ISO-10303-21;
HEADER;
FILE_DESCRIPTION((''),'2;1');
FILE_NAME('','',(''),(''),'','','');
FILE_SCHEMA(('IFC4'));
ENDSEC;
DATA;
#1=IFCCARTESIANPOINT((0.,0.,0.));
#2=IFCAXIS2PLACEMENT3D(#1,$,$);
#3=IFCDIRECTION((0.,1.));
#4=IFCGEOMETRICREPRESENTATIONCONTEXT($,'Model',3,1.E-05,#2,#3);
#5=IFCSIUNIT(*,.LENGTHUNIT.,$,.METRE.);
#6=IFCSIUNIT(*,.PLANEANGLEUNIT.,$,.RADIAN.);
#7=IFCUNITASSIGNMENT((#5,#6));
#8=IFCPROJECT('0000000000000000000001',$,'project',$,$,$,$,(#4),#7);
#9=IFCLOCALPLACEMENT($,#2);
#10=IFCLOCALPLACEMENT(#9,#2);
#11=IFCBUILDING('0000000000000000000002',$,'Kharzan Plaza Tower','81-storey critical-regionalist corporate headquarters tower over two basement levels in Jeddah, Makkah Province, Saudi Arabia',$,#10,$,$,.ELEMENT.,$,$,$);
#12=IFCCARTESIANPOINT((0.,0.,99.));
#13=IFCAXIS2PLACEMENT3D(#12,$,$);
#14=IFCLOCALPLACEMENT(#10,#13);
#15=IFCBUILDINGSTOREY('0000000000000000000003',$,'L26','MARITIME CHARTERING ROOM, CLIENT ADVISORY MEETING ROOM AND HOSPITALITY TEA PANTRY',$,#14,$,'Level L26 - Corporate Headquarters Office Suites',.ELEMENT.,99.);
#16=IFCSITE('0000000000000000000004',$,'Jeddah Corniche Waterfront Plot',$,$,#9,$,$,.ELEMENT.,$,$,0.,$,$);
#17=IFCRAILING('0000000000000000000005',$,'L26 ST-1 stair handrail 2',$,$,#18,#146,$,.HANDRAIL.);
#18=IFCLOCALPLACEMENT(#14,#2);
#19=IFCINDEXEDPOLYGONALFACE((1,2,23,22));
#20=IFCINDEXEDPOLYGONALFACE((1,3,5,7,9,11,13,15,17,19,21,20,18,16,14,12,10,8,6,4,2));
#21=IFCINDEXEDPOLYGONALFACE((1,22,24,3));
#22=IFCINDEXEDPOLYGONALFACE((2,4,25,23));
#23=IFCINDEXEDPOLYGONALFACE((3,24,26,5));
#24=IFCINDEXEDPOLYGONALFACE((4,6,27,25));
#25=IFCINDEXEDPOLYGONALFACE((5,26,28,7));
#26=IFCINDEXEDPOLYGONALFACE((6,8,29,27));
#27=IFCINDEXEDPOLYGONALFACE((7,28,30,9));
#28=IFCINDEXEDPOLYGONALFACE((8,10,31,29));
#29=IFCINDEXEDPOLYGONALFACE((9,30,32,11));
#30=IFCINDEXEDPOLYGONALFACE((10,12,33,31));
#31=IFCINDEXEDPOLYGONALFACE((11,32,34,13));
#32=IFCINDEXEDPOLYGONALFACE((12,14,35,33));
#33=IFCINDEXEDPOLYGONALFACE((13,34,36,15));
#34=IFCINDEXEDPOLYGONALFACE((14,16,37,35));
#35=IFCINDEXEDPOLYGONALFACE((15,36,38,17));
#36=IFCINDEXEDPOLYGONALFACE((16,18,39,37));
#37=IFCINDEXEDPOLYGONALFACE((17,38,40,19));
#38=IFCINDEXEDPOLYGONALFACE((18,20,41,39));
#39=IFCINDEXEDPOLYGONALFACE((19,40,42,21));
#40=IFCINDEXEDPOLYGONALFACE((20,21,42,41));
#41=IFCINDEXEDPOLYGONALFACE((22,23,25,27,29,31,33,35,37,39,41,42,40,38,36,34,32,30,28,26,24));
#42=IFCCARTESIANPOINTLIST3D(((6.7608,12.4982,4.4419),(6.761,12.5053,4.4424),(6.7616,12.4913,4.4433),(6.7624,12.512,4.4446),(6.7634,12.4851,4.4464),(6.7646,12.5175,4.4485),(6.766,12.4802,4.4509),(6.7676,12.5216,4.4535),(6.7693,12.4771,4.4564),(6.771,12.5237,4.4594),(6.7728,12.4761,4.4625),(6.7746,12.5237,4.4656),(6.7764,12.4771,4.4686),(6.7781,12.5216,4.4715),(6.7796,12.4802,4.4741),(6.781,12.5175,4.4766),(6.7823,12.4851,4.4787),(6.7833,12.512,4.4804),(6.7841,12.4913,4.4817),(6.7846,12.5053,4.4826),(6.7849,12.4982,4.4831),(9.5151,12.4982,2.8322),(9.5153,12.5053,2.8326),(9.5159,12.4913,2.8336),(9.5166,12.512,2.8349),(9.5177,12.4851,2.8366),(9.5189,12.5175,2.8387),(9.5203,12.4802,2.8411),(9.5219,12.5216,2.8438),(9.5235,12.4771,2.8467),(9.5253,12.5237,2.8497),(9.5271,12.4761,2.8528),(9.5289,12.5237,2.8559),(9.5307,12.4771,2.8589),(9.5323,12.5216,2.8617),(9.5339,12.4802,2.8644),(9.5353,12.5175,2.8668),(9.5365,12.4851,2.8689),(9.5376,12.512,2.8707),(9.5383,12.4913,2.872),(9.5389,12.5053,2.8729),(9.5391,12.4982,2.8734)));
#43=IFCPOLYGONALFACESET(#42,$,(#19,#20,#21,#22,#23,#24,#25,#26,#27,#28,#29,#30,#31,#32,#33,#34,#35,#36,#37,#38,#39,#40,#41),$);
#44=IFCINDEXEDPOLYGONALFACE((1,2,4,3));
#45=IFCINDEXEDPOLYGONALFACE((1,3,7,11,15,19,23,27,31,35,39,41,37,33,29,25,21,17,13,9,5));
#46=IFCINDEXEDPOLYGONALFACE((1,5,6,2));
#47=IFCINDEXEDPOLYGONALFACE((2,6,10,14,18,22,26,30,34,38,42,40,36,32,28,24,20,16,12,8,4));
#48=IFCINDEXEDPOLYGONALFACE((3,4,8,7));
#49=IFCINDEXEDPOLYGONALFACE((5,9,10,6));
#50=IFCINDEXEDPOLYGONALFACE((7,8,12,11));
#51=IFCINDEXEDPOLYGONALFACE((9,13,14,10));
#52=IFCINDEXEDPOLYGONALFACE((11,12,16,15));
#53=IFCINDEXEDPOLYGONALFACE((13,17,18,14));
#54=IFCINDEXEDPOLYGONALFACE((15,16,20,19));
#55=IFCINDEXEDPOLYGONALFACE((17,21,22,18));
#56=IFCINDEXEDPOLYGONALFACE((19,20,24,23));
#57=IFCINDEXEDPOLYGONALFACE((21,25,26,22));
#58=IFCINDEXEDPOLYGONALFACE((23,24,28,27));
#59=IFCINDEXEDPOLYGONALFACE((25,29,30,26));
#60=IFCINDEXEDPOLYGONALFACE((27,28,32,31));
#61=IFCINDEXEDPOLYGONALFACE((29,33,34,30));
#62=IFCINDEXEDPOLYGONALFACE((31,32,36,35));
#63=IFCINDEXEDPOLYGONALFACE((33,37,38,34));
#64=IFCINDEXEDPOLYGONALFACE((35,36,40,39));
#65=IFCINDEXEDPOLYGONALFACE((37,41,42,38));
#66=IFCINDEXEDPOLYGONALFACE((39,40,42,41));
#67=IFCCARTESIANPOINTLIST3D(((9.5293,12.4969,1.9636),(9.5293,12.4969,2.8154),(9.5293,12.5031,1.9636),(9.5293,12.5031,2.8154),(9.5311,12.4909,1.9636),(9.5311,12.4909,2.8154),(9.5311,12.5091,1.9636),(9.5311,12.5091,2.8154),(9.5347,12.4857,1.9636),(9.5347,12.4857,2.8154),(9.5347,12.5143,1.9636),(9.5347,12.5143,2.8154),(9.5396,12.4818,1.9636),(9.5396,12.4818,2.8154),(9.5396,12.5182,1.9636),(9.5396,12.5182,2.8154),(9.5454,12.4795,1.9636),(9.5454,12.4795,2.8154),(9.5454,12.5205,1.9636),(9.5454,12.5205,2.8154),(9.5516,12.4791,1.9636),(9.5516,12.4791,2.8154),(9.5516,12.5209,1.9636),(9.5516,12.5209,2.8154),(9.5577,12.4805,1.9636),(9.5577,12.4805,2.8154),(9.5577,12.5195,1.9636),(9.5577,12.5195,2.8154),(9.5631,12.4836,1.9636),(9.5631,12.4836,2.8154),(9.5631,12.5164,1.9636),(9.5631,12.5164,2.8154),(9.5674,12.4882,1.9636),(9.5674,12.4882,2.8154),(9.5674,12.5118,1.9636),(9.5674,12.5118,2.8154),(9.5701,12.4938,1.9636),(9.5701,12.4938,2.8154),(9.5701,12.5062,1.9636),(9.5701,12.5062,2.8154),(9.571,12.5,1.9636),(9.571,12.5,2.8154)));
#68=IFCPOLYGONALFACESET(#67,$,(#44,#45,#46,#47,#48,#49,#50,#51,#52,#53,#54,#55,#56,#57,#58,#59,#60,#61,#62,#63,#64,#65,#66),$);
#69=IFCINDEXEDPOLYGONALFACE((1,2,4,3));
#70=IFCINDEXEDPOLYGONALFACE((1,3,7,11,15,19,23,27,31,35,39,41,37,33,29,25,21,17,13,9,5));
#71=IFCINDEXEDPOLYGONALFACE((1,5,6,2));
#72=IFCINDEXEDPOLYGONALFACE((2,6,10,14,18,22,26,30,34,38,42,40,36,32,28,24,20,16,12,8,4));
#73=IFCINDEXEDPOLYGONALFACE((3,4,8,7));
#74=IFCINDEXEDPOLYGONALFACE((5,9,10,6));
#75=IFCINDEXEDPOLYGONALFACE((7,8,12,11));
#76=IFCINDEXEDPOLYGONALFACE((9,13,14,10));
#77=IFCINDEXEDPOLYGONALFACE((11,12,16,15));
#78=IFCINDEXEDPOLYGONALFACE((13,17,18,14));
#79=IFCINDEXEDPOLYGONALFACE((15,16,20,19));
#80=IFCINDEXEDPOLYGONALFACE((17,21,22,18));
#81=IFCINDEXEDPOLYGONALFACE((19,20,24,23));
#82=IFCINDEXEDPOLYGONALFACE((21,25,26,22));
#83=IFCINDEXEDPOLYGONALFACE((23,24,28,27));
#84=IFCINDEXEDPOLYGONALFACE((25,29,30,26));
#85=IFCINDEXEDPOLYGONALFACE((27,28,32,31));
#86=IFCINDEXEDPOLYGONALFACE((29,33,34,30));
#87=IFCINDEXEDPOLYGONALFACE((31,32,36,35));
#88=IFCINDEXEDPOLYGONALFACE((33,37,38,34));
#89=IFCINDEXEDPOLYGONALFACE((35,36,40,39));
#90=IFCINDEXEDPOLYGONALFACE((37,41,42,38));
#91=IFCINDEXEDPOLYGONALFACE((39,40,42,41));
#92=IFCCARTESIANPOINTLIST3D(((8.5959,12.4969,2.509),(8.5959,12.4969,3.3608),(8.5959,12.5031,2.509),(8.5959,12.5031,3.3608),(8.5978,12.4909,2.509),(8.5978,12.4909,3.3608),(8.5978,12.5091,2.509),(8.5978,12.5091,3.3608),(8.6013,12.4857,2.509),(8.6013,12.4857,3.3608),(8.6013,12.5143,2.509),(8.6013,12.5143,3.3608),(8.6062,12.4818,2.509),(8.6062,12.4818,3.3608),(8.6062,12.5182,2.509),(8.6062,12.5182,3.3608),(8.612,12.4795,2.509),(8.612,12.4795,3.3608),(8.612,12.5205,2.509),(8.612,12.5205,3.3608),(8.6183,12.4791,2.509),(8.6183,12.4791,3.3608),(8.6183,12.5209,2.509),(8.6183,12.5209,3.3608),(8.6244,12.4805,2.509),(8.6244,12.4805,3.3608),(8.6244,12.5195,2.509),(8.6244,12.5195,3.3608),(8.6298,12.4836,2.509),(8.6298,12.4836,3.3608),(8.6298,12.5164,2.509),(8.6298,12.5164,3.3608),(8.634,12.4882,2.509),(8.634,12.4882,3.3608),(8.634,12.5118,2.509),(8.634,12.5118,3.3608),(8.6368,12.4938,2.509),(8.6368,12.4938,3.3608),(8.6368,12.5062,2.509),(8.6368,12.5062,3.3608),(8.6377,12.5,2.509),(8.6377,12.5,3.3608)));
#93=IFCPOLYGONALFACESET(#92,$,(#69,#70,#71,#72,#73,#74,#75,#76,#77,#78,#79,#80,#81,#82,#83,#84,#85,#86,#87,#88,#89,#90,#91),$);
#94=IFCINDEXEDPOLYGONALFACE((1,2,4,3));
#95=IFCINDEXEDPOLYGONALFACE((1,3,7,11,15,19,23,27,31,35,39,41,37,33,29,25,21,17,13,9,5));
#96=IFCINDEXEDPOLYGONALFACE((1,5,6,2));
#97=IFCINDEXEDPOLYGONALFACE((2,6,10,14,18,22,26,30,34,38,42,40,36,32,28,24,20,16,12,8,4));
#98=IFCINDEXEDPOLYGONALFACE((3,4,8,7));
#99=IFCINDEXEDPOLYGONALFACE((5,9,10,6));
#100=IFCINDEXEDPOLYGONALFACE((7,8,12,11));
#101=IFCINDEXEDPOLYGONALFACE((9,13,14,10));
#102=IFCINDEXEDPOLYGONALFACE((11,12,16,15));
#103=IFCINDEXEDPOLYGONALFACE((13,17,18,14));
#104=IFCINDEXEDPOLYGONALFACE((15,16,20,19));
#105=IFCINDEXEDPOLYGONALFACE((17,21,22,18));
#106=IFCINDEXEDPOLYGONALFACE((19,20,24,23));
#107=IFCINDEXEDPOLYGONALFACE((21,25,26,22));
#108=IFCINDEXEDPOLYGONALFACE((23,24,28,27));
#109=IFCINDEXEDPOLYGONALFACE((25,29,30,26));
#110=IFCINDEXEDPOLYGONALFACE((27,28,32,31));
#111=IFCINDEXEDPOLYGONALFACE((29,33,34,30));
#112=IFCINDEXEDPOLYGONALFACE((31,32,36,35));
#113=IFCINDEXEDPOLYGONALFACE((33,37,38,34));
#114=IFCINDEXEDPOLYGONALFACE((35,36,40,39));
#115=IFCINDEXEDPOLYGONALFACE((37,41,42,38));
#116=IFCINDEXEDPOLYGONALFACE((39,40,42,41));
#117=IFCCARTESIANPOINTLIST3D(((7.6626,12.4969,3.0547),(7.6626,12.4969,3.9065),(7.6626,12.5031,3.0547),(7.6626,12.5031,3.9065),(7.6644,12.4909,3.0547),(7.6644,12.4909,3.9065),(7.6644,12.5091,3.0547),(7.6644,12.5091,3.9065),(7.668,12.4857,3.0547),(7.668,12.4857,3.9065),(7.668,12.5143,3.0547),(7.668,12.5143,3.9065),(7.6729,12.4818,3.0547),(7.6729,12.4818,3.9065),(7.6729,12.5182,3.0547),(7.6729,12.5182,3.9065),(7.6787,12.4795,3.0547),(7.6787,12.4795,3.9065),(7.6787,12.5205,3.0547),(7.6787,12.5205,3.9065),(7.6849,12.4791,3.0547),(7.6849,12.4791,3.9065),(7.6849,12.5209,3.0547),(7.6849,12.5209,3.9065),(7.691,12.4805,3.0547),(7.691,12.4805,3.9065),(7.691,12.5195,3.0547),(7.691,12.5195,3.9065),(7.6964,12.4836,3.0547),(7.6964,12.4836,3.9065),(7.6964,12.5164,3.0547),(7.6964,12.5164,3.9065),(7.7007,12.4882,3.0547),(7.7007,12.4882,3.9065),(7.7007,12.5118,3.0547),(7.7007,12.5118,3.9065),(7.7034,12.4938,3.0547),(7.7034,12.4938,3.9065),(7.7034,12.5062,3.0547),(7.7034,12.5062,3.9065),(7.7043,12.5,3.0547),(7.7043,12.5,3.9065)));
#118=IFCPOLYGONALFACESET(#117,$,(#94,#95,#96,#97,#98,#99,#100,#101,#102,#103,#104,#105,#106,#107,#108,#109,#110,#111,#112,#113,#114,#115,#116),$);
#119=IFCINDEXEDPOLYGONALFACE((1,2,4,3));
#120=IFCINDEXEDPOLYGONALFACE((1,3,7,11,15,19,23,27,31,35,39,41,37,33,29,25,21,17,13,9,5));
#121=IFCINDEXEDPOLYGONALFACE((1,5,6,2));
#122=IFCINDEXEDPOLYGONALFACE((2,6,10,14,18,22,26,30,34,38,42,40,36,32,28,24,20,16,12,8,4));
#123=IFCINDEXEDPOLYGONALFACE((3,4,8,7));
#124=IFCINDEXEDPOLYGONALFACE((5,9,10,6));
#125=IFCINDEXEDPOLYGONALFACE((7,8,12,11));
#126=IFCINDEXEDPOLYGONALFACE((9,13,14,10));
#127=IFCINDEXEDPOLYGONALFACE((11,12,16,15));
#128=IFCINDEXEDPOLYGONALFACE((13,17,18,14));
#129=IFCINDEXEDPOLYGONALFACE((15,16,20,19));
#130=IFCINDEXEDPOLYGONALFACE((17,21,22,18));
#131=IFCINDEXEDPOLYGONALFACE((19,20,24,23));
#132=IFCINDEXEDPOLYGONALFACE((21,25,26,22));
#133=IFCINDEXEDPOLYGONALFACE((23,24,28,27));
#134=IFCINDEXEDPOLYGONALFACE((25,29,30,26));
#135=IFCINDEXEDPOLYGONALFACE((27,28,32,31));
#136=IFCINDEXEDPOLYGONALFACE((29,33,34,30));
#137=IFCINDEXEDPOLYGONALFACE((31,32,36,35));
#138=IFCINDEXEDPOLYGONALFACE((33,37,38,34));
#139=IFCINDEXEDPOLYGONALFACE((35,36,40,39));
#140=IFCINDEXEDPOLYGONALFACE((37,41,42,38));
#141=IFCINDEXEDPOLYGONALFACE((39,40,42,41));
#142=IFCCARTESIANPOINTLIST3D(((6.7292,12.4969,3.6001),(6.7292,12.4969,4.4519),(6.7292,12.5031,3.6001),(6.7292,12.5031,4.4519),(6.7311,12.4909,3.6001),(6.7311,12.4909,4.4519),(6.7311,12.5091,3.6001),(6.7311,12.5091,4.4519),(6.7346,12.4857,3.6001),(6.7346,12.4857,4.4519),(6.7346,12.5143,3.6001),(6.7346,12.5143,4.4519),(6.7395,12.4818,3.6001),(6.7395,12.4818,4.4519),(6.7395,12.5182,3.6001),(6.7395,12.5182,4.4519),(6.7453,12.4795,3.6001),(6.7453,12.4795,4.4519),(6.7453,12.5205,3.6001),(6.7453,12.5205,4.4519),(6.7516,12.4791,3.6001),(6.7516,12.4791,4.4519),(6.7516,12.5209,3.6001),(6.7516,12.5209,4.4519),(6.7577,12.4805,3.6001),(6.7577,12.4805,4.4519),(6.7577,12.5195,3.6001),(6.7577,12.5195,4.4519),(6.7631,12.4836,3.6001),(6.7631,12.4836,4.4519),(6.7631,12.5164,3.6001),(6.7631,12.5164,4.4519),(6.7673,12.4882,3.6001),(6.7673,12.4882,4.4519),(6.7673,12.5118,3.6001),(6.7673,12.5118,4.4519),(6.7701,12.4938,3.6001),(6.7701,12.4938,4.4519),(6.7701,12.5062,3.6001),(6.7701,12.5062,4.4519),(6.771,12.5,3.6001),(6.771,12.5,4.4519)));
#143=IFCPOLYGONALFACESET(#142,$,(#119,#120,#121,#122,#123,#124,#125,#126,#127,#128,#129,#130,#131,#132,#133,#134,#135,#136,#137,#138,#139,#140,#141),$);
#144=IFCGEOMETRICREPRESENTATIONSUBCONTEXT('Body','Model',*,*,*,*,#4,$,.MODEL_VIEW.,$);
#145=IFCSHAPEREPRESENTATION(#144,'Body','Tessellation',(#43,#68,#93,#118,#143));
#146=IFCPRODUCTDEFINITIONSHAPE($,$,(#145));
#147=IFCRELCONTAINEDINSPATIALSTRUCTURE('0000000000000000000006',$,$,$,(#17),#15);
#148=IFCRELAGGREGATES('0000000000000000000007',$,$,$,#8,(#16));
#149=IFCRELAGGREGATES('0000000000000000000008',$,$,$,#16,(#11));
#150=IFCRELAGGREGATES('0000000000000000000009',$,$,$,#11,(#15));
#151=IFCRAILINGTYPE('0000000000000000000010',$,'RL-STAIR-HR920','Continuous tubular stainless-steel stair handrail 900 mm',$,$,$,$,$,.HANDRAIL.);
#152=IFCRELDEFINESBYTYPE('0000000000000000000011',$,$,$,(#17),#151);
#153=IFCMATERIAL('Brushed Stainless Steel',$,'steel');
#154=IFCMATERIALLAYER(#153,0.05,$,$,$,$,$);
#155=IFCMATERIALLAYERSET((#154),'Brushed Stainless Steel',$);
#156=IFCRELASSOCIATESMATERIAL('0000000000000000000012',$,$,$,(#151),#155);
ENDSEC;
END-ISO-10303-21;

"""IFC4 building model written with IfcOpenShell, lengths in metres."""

from ifc_helpers import new_model, si_unit, direction, frame, origin, origin_2d, place, context, subcontext, project, spatial, circle, extrude, source, transform, mapped, material, layer, layer_set, type_object, element, save


model = new_model("IFC4")

# Units and contexts
model_context = context("Model", 3, precision=1e-05, world=origin(), true_north=direction((0.0, 1.0)))
body_context = subcontext(model_context, "Body", "Model", "MODEL_VIEW")
ifc_project = project(units=[si_unit("LENGTHUNIT", "METRE"), si_unit("PLANEANGLEUNIT", "RADIAN")], contexts=[model_context])

# Site, building, storey
site_placement = place(None, origin())
site = spatial("IfcSite", under=ifc_project, at=site_placement, Name="Jeddah Corniche Waterfront Plot", CompositionType="ELEMENT", RefElevation=0.0)
building_placement = place(site_placement, origin())
building = spatial("IfcBuilding", under=site, at=building_placement, Name="Kharzan Plaza Tower", Description="81-storey critical-regionalist corporate headquarters tower over two basement levels in Jeddah, Makkah Province, Saudi Arabia", CompositionType="ELEMENT")
storey_placement = place(building_placement, frame((0.0, 0.0, 99.0)))
storey = spatial("IfcBuildingStorey", under=building, at=storey_placement, Name="L26", Description="MARITIME CHARTERING ROOM, CLIENT ADVISORY MEETING ROOM AND HOSPITALITY TEA PANTRY", LongName="Level L26 - Corporate Headquarters Office Suites", CompositionType="ELEMENT", Elevation=99.0)

# Shared definitions
ifc_material_1 = material(Name="Brushed Stainless Steel", Category="steel")

# Railing
ifc_layer_1 = layer(ifc_material_1, 0.05)
ifc_layer_set_1 = layer_set([ifc_layer_1], Name="Brushed Stainless Steel")
railing_type_1 = type_object("IfcRailingType", Name="RL-STAIR-HR920", Description="Continuous tubular stainless-steel stair handrail 900 mm", PredefinedType="HANDRAIL", material=ifc_layer_set_1)
shared_shape_1 = source(origin(), body_context, "Body", "SweptSolid", [
    extrude(circle(Radius=0.0239, at=origin_2d()), frame((-0.0229, 0.0, 0.8892), z_axis=(-0.863361, 0.0, 0.504587), x_axis=(0.0, -1.0, 0.0)), (0.0, 0.0, 1.0), 3.1902),
    extrude(circle(Radius=0.021, at=origin_2d()), origin(), (0.0, 0.0, 1.0), 0.8518),
    extrude(circle(Radius=0.021, at=origin_2d()), frame((-0.9333, 0.0, 0.5454)), (0.0, 0.0, 1.0), 0.8518),
    extrude(circle(Radius=0.021, at=origin_2d()), frame((-1.8667, 0.0, 1.0911)), (0.0, 0.0, 1.0), 0.8518),
    extrude(circle(Radius=0.021, at=origin_2d()), frame((-2.8, 0.0, 1.6365)), (0.0, 0.0, 1.0), 0.8518),
])
railing_1_placement = place(storey_placement, frame((9.55, 12.5, 1.9636)))
element("IfcRailing", 1, at=railing_1_placement, inside=storey, type_object=railing_type_1, Name="L26 ST-1 stair handrail 2", PredefinedType="HANDRAIL", context=body_context, shape_type="MappedRepresentation", body=[
    mapped(shared_shape_1, transform((0.0, 0.0, 0.0), x_axis=(1.0, 0.0, 0.0), y_axis=(0.0, 1.0, 0.0), z_axis=(0.0, 0.0, 1.0))),
])

save(model, "model.ifc")
